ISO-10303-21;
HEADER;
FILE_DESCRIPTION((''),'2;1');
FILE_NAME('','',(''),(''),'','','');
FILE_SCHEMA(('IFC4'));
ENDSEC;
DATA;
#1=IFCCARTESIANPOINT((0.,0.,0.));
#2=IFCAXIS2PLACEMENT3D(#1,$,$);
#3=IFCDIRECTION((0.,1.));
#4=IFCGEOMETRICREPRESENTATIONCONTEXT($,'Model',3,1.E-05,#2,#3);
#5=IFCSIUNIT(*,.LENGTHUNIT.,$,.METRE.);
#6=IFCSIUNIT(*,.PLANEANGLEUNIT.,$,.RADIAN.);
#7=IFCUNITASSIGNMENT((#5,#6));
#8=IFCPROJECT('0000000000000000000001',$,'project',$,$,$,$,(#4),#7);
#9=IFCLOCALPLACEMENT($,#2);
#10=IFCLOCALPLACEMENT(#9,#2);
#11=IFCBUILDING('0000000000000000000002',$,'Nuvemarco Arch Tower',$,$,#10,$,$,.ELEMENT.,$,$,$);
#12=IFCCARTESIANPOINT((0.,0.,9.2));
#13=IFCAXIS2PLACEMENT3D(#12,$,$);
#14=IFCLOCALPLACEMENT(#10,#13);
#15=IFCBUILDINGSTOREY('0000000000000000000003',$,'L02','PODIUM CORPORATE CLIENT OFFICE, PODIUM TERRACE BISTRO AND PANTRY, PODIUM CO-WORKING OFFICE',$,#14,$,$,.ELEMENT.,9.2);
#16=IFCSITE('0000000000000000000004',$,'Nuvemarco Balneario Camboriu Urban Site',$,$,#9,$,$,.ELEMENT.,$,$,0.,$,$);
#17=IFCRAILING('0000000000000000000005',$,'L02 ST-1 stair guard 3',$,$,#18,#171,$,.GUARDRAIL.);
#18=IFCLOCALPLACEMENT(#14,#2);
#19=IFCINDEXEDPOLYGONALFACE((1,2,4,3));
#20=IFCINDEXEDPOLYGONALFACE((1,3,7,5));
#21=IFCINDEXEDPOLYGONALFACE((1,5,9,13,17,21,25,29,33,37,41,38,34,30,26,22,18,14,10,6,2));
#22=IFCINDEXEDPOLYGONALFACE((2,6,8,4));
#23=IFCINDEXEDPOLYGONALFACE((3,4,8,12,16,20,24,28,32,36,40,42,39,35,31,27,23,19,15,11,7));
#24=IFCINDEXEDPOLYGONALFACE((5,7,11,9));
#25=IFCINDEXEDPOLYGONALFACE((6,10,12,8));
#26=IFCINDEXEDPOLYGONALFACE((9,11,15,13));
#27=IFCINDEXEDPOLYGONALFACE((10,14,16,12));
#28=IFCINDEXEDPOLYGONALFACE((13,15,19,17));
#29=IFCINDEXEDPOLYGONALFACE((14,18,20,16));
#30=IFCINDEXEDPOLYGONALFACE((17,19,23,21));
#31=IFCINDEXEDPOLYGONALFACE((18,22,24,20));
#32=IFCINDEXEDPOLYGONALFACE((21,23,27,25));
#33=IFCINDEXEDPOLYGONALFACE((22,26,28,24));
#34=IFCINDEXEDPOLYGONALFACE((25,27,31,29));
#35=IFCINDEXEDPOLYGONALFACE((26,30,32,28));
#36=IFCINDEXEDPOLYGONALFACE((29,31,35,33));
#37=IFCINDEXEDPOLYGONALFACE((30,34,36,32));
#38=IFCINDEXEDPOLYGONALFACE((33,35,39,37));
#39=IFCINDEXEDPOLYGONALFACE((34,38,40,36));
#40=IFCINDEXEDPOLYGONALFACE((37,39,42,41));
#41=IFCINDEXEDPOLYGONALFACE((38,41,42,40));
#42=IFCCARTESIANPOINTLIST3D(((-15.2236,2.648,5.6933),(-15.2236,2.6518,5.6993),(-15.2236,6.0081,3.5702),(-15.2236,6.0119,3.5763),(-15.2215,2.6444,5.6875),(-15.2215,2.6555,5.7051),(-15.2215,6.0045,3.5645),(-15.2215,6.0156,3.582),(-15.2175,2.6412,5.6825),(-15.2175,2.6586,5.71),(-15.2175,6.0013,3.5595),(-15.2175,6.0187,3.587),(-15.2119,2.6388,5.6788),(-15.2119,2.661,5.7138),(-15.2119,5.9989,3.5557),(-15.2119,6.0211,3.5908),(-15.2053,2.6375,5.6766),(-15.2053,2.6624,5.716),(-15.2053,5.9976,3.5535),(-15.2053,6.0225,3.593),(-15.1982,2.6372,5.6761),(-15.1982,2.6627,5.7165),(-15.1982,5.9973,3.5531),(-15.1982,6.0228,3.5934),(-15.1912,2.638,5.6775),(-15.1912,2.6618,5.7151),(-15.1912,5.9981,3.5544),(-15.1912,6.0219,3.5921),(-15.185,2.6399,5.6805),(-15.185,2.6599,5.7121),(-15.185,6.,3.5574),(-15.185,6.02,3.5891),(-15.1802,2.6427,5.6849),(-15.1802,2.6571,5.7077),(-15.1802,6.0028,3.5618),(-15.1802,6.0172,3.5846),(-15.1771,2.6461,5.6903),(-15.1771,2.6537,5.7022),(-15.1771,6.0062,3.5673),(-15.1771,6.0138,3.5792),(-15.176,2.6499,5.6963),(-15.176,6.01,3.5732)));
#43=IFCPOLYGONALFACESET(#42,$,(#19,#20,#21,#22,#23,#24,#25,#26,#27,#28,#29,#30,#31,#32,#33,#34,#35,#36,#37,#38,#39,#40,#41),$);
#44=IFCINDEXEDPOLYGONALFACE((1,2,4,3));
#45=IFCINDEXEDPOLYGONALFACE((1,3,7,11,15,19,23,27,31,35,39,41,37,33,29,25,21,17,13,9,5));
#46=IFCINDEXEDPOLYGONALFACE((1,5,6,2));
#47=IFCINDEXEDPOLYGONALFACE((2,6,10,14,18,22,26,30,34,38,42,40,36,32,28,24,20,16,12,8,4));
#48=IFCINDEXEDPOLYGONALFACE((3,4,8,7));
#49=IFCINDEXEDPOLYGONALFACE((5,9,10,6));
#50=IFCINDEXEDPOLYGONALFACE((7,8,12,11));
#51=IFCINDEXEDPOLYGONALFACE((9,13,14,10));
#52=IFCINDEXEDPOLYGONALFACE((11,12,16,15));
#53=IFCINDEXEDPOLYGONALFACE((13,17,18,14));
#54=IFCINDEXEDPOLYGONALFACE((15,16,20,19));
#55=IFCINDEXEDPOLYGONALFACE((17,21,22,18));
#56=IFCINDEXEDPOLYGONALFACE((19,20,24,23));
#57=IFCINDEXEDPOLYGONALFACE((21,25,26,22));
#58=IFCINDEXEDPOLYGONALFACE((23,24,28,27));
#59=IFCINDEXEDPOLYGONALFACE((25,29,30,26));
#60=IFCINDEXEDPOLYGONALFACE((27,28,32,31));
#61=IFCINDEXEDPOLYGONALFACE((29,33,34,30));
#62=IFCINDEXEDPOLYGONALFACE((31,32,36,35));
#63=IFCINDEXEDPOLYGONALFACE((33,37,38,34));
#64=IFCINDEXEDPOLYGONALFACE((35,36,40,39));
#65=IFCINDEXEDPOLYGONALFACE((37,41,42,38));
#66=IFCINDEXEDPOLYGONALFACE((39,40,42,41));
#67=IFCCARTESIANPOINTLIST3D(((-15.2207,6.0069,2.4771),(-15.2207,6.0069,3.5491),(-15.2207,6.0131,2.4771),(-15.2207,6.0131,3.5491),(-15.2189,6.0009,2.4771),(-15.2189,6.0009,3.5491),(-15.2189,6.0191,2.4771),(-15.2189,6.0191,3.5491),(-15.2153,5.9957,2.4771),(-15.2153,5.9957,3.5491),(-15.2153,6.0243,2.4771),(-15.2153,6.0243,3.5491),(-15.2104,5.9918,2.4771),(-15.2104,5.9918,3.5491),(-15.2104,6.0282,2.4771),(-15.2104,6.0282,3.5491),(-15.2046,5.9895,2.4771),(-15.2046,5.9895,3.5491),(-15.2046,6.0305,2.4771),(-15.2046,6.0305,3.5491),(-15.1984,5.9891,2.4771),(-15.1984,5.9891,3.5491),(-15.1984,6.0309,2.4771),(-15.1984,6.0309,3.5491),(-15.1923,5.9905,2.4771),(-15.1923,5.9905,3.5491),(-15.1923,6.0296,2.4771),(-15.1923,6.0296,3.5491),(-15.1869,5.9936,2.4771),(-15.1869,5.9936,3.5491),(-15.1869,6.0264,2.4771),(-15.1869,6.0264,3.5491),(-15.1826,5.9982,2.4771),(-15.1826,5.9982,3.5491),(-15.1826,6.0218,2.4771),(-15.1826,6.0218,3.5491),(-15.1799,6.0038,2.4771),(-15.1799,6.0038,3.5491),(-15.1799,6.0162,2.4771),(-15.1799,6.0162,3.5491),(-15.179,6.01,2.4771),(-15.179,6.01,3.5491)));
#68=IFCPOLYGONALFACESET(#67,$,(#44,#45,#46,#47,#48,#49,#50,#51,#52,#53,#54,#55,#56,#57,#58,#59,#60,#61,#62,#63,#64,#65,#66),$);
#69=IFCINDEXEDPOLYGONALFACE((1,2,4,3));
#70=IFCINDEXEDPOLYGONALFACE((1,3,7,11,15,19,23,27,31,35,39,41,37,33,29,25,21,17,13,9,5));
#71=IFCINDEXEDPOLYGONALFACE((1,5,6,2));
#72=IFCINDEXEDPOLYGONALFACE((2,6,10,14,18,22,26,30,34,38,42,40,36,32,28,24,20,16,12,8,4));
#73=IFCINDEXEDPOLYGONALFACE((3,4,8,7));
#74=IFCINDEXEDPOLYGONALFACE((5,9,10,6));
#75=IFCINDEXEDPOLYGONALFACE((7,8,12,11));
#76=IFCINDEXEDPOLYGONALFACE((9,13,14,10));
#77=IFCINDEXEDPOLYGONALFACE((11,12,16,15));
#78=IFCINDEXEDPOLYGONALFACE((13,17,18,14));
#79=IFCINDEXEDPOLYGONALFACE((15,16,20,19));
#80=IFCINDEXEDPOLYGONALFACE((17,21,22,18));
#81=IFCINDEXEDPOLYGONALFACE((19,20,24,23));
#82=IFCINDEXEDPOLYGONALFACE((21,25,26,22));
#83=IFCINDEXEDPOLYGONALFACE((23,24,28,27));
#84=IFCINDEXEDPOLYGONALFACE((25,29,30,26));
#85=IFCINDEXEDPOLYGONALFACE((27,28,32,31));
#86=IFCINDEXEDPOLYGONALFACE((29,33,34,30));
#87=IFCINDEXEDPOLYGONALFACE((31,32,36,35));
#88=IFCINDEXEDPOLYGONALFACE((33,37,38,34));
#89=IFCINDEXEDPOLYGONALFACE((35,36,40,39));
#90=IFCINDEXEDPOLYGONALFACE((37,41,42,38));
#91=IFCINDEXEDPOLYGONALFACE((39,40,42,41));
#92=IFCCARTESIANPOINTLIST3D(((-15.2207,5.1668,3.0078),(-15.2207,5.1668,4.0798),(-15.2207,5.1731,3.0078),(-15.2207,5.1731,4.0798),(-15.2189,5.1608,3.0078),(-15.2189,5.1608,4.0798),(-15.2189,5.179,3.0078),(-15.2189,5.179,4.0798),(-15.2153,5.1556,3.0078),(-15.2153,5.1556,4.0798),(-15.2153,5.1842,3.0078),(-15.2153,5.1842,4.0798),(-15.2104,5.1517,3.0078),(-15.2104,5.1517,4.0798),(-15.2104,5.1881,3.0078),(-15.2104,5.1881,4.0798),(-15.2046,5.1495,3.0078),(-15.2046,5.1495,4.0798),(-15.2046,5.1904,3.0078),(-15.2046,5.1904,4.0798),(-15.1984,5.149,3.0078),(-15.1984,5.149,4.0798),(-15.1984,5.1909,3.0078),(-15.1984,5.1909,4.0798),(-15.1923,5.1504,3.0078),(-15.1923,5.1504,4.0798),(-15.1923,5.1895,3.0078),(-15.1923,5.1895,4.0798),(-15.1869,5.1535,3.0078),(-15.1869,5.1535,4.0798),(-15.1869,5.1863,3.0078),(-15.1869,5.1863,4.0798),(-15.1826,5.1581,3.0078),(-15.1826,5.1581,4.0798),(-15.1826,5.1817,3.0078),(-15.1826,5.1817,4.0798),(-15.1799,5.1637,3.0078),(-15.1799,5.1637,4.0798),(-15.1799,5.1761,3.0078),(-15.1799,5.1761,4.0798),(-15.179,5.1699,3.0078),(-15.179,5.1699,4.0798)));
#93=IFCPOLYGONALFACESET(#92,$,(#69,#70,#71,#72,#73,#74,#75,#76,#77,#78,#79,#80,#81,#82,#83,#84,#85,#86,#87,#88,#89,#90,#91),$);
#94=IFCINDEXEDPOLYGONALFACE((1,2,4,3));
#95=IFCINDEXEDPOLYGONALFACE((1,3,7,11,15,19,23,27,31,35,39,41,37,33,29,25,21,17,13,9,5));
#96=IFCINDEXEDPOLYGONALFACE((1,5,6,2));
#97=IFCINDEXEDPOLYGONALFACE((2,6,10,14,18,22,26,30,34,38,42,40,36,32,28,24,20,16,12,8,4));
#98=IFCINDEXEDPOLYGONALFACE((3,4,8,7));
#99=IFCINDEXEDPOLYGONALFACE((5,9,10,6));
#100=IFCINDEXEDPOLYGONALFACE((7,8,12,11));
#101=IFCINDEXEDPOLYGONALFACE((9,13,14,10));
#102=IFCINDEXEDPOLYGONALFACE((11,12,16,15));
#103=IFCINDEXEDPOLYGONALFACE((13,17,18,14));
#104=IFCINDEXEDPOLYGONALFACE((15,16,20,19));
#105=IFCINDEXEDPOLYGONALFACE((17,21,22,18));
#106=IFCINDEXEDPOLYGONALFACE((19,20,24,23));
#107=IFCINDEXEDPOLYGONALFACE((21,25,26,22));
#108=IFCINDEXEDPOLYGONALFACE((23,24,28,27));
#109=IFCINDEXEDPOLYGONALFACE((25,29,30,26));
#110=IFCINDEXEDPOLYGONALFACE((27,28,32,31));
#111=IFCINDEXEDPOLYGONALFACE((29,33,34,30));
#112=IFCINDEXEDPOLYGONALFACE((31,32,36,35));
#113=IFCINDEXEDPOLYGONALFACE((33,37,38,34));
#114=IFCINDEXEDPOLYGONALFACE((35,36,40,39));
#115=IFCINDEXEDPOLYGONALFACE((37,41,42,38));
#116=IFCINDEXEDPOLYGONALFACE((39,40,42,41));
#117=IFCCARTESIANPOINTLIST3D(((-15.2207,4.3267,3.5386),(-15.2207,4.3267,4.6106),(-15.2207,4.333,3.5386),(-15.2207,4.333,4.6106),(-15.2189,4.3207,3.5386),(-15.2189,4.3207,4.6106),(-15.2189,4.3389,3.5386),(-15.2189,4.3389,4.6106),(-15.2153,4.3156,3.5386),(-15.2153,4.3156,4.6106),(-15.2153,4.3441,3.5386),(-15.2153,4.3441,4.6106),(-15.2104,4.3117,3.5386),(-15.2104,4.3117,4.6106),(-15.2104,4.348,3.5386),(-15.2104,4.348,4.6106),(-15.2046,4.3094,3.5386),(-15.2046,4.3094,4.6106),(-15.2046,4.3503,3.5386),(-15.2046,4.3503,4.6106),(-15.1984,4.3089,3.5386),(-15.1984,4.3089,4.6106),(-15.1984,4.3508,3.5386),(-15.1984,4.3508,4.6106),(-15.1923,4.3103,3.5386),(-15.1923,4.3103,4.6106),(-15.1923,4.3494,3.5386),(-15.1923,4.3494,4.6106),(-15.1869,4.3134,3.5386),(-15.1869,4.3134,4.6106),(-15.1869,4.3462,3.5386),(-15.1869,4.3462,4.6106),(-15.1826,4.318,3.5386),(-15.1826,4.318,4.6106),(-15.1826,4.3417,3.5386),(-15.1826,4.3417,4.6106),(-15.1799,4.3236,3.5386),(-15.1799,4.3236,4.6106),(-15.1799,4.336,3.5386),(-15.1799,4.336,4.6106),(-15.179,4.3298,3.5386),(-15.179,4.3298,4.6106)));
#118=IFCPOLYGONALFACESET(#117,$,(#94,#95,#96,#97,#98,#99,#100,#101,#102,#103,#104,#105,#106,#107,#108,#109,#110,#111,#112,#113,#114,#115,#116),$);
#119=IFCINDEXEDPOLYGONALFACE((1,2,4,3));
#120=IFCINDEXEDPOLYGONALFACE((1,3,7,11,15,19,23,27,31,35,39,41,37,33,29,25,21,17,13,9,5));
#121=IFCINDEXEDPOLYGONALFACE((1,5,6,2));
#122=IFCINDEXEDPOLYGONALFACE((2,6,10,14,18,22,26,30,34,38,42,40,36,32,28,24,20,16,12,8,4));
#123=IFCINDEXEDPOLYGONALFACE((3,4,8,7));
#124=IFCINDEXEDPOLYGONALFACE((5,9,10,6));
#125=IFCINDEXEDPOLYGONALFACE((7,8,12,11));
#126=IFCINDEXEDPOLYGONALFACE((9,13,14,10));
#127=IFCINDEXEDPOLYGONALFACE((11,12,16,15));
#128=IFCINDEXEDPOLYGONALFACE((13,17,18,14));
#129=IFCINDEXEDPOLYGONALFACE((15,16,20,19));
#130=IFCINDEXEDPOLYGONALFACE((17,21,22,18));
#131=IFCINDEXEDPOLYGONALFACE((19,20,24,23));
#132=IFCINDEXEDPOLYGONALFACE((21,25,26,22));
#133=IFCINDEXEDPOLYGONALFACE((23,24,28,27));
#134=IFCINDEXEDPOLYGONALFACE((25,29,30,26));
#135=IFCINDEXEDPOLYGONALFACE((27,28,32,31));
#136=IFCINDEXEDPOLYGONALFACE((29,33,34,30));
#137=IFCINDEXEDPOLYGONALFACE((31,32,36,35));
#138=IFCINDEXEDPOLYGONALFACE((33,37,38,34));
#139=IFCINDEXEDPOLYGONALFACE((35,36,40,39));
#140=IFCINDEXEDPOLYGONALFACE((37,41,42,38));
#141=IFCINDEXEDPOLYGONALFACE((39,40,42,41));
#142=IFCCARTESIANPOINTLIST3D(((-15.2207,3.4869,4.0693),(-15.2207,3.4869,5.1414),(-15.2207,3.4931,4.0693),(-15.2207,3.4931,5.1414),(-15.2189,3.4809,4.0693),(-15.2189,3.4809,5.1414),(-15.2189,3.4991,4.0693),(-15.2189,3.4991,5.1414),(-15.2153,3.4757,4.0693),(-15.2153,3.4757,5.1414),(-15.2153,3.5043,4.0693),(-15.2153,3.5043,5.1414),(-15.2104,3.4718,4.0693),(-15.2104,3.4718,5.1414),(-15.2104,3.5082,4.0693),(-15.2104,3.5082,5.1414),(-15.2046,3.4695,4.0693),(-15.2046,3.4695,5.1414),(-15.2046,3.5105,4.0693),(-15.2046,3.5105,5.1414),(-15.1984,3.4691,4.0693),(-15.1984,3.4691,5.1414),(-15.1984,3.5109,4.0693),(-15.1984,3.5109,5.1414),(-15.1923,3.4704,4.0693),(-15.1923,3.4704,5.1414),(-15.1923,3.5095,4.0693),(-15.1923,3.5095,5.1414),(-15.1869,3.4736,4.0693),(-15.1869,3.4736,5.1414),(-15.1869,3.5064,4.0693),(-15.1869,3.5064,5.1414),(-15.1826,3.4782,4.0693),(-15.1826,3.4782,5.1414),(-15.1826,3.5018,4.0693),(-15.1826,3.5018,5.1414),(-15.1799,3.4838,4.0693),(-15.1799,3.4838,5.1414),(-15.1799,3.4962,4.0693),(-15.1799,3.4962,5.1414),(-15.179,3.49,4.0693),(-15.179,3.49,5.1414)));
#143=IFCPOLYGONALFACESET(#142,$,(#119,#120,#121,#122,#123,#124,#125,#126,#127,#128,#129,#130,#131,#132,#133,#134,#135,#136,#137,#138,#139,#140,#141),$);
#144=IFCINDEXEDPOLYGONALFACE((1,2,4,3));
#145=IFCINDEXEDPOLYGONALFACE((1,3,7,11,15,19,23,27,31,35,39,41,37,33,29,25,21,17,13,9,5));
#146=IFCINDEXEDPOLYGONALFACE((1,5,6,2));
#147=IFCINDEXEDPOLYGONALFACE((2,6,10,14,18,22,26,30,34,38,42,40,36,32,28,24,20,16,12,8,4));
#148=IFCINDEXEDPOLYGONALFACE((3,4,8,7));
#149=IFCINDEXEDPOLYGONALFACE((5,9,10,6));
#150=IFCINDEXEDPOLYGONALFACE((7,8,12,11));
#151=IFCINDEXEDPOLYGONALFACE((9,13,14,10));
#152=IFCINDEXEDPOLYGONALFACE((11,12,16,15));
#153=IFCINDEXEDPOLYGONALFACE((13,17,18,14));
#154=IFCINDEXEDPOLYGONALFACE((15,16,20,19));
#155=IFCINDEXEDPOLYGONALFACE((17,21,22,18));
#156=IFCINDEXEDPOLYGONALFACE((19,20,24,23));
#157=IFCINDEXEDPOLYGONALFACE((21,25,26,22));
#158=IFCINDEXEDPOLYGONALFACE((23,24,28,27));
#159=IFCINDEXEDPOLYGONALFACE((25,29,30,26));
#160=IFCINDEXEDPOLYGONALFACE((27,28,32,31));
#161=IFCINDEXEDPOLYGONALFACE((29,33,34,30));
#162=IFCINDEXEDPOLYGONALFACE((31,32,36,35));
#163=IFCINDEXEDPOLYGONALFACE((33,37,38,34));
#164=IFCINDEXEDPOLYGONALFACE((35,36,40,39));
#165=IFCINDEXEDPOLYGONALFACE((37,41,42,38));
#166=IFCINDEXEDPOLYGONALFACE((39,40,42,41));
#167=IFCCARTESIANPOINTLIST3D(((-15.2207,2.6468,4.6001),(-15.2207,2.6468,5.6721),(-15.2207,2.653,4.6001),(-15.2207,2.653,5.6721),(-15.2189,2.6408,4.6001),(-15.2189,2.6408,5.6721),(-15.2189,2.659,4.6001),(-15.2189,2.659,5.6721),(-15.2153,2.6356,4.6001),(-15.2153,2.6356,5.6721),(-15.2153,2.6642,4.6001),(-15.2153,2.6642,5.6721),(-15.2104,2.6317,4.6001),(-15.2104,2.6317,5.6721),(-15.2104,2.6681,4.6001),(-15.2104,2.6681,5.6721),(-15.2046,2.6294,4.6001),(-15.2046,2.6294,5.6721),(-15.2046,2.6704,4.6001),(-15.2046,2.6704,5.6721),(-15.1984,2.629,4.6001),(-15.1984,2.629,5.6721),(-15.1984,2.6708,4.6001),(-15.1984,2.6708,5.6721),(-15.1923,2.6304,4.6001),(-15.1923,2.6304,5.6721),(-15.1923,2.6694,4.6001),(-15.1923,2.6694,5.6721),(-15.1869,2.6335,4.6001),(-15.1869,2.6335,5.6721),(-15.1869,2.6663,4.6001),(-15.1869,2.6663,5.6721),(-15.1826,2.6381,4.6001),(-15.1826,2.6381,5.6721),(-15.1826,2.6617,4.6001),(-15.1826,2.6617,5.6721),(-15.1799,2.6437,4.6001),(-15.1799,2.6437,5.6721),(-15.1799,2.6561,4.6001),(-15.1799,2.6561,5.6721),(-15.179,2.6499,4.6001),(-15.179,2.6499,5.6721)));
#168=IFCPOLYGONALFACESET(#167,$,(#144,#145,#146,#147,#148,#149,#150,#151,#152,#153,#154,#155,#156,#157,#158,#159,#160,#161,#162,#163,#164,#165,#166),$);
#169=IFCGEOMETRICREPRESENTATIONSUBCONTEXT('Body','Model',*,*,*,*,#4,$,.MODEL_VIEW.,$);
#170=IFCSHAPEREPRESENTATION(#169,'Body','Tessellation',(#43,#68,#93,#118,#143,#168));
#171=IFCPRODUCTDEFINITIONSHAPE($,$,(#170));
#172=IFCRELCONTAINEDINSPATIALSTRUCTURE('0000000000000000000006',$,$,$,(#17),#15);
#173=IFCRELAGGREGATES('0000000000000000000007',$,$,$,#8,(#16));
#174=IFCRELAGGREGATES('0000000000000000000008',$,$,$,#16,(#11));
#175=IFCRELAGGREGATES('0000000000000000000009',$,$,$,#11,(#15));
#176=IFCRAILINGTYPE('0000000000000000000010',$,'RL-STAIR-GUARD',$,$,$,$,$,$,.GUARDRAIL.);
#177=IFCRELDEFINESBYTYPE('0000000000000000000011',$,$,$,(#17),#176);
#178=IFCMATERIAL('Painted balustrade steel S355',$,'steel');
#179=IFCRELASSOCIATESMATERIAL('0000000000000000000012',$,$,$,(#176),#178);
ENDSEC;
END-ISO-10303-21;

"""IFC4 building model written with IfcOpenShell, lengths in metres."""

from ifc_helpers import new_model, si_unit, direction, frame, origin, origin_2d, place, context, subcontext, project, spatial, circle, extrude, material, type_object, element, save


model = new_model("IFC4")

# Units and contexts
model_context = context("Model", 3, precision=1e-05, world=origin(), true_north=direction((0.0, 1.0)))
body_context = subcontext(model_context, "Body", "Model", "MODEL_VIEW")
ifc_project = project(units=[si_unit("LENGTHUNIT", "METRE"), si_unit("PLANEANGLEUNIT", "RADIAN")], contexts=[model_context])

# Site, building, storey
site_placement = place(None, origin())
site = spatial("IfcSite", under=ifc_project, at=site_placement, Name="Nuvemarco Balneario Camboriu Urban Site", CompositionType="ELEMENT", RefElevation=0.0)
building_placement = place(site_placement, origin())
building = spatial("IfcBuilding", under=site, at=building_placement, Name="Nuvemarco Arch Tower", CompositionType="ELEMENT")
storey_placement = place(building_placement, frame((0.0, 0.0, 9.2)))
storey = spatial("IfcBuildingStorey", under=building, at=storey_placement, Name="L02", Description="PODIUM CORPORATE CLIENT OFFICE, PODIUM TERRACE BISTRO AND PANTRY, PODIUM CO-WORKING OFFICE", CompositionType="ELEMENT", Elevation=9.2)

# Railing
ifc_material_1 = material(Name="Painted balustrade steel S355", Category="steel")
railing_type_1 = type_object("IfcRailingType", Name="RL-STAIR-GUARD", PredefinedType="GUARDRAIL", material=ifc_material_1)
railing_1_placement = place(storey_placement, frame((-15.2, 6.01, 2.4771)))
element("IfcRailing", 1, at=railing_1_placement, inside=storey, type_object=railing_type_1, Name="L02 ST-1 stair guard 3", PredefinedType="GUARDRAIL", context=body_context, shape_type="SweptSolid", body=[
    extrude(circle(Radius=0.0239, at=origin_2d()), frame((0.0, 0.0, 1.0962), z_axis=(0.0, -0.84539, 0.53415), x_axis=(1.0, 0.0, 0.0)), (0.0, 0.0, 1.0), 3.9746),
    extrude(circle(Radius=0.021, at=origin_2d()), origin(), (0.0, 0.0, 1.0), 1.072),
    extrude(circle(Radius=0.021, at=origin_2d()), frame((0.0, -0.8401, 0.5308)), (0.0, 0.0, 1.0), 1.072),
    extrude(circle(Radius=0.021, at=origin_2d()), frame((0.0, -1.6802, 1.0615)), (0.0, 0.0, 1.0), 1.072),
    extrude(circle(Radius=0.021, at=origin_2d()), frame((0.0, -2.52, 1.5923)), (0.0, 0.0, 1.0), 1.072),
    extrude(circle(Radius=0.021, at=origin_2d()), frame((0.0, -3.3601, 2.123)), (0.0, 0.0, 1.0), 1.072),
])

save(model, "model.ifc")
